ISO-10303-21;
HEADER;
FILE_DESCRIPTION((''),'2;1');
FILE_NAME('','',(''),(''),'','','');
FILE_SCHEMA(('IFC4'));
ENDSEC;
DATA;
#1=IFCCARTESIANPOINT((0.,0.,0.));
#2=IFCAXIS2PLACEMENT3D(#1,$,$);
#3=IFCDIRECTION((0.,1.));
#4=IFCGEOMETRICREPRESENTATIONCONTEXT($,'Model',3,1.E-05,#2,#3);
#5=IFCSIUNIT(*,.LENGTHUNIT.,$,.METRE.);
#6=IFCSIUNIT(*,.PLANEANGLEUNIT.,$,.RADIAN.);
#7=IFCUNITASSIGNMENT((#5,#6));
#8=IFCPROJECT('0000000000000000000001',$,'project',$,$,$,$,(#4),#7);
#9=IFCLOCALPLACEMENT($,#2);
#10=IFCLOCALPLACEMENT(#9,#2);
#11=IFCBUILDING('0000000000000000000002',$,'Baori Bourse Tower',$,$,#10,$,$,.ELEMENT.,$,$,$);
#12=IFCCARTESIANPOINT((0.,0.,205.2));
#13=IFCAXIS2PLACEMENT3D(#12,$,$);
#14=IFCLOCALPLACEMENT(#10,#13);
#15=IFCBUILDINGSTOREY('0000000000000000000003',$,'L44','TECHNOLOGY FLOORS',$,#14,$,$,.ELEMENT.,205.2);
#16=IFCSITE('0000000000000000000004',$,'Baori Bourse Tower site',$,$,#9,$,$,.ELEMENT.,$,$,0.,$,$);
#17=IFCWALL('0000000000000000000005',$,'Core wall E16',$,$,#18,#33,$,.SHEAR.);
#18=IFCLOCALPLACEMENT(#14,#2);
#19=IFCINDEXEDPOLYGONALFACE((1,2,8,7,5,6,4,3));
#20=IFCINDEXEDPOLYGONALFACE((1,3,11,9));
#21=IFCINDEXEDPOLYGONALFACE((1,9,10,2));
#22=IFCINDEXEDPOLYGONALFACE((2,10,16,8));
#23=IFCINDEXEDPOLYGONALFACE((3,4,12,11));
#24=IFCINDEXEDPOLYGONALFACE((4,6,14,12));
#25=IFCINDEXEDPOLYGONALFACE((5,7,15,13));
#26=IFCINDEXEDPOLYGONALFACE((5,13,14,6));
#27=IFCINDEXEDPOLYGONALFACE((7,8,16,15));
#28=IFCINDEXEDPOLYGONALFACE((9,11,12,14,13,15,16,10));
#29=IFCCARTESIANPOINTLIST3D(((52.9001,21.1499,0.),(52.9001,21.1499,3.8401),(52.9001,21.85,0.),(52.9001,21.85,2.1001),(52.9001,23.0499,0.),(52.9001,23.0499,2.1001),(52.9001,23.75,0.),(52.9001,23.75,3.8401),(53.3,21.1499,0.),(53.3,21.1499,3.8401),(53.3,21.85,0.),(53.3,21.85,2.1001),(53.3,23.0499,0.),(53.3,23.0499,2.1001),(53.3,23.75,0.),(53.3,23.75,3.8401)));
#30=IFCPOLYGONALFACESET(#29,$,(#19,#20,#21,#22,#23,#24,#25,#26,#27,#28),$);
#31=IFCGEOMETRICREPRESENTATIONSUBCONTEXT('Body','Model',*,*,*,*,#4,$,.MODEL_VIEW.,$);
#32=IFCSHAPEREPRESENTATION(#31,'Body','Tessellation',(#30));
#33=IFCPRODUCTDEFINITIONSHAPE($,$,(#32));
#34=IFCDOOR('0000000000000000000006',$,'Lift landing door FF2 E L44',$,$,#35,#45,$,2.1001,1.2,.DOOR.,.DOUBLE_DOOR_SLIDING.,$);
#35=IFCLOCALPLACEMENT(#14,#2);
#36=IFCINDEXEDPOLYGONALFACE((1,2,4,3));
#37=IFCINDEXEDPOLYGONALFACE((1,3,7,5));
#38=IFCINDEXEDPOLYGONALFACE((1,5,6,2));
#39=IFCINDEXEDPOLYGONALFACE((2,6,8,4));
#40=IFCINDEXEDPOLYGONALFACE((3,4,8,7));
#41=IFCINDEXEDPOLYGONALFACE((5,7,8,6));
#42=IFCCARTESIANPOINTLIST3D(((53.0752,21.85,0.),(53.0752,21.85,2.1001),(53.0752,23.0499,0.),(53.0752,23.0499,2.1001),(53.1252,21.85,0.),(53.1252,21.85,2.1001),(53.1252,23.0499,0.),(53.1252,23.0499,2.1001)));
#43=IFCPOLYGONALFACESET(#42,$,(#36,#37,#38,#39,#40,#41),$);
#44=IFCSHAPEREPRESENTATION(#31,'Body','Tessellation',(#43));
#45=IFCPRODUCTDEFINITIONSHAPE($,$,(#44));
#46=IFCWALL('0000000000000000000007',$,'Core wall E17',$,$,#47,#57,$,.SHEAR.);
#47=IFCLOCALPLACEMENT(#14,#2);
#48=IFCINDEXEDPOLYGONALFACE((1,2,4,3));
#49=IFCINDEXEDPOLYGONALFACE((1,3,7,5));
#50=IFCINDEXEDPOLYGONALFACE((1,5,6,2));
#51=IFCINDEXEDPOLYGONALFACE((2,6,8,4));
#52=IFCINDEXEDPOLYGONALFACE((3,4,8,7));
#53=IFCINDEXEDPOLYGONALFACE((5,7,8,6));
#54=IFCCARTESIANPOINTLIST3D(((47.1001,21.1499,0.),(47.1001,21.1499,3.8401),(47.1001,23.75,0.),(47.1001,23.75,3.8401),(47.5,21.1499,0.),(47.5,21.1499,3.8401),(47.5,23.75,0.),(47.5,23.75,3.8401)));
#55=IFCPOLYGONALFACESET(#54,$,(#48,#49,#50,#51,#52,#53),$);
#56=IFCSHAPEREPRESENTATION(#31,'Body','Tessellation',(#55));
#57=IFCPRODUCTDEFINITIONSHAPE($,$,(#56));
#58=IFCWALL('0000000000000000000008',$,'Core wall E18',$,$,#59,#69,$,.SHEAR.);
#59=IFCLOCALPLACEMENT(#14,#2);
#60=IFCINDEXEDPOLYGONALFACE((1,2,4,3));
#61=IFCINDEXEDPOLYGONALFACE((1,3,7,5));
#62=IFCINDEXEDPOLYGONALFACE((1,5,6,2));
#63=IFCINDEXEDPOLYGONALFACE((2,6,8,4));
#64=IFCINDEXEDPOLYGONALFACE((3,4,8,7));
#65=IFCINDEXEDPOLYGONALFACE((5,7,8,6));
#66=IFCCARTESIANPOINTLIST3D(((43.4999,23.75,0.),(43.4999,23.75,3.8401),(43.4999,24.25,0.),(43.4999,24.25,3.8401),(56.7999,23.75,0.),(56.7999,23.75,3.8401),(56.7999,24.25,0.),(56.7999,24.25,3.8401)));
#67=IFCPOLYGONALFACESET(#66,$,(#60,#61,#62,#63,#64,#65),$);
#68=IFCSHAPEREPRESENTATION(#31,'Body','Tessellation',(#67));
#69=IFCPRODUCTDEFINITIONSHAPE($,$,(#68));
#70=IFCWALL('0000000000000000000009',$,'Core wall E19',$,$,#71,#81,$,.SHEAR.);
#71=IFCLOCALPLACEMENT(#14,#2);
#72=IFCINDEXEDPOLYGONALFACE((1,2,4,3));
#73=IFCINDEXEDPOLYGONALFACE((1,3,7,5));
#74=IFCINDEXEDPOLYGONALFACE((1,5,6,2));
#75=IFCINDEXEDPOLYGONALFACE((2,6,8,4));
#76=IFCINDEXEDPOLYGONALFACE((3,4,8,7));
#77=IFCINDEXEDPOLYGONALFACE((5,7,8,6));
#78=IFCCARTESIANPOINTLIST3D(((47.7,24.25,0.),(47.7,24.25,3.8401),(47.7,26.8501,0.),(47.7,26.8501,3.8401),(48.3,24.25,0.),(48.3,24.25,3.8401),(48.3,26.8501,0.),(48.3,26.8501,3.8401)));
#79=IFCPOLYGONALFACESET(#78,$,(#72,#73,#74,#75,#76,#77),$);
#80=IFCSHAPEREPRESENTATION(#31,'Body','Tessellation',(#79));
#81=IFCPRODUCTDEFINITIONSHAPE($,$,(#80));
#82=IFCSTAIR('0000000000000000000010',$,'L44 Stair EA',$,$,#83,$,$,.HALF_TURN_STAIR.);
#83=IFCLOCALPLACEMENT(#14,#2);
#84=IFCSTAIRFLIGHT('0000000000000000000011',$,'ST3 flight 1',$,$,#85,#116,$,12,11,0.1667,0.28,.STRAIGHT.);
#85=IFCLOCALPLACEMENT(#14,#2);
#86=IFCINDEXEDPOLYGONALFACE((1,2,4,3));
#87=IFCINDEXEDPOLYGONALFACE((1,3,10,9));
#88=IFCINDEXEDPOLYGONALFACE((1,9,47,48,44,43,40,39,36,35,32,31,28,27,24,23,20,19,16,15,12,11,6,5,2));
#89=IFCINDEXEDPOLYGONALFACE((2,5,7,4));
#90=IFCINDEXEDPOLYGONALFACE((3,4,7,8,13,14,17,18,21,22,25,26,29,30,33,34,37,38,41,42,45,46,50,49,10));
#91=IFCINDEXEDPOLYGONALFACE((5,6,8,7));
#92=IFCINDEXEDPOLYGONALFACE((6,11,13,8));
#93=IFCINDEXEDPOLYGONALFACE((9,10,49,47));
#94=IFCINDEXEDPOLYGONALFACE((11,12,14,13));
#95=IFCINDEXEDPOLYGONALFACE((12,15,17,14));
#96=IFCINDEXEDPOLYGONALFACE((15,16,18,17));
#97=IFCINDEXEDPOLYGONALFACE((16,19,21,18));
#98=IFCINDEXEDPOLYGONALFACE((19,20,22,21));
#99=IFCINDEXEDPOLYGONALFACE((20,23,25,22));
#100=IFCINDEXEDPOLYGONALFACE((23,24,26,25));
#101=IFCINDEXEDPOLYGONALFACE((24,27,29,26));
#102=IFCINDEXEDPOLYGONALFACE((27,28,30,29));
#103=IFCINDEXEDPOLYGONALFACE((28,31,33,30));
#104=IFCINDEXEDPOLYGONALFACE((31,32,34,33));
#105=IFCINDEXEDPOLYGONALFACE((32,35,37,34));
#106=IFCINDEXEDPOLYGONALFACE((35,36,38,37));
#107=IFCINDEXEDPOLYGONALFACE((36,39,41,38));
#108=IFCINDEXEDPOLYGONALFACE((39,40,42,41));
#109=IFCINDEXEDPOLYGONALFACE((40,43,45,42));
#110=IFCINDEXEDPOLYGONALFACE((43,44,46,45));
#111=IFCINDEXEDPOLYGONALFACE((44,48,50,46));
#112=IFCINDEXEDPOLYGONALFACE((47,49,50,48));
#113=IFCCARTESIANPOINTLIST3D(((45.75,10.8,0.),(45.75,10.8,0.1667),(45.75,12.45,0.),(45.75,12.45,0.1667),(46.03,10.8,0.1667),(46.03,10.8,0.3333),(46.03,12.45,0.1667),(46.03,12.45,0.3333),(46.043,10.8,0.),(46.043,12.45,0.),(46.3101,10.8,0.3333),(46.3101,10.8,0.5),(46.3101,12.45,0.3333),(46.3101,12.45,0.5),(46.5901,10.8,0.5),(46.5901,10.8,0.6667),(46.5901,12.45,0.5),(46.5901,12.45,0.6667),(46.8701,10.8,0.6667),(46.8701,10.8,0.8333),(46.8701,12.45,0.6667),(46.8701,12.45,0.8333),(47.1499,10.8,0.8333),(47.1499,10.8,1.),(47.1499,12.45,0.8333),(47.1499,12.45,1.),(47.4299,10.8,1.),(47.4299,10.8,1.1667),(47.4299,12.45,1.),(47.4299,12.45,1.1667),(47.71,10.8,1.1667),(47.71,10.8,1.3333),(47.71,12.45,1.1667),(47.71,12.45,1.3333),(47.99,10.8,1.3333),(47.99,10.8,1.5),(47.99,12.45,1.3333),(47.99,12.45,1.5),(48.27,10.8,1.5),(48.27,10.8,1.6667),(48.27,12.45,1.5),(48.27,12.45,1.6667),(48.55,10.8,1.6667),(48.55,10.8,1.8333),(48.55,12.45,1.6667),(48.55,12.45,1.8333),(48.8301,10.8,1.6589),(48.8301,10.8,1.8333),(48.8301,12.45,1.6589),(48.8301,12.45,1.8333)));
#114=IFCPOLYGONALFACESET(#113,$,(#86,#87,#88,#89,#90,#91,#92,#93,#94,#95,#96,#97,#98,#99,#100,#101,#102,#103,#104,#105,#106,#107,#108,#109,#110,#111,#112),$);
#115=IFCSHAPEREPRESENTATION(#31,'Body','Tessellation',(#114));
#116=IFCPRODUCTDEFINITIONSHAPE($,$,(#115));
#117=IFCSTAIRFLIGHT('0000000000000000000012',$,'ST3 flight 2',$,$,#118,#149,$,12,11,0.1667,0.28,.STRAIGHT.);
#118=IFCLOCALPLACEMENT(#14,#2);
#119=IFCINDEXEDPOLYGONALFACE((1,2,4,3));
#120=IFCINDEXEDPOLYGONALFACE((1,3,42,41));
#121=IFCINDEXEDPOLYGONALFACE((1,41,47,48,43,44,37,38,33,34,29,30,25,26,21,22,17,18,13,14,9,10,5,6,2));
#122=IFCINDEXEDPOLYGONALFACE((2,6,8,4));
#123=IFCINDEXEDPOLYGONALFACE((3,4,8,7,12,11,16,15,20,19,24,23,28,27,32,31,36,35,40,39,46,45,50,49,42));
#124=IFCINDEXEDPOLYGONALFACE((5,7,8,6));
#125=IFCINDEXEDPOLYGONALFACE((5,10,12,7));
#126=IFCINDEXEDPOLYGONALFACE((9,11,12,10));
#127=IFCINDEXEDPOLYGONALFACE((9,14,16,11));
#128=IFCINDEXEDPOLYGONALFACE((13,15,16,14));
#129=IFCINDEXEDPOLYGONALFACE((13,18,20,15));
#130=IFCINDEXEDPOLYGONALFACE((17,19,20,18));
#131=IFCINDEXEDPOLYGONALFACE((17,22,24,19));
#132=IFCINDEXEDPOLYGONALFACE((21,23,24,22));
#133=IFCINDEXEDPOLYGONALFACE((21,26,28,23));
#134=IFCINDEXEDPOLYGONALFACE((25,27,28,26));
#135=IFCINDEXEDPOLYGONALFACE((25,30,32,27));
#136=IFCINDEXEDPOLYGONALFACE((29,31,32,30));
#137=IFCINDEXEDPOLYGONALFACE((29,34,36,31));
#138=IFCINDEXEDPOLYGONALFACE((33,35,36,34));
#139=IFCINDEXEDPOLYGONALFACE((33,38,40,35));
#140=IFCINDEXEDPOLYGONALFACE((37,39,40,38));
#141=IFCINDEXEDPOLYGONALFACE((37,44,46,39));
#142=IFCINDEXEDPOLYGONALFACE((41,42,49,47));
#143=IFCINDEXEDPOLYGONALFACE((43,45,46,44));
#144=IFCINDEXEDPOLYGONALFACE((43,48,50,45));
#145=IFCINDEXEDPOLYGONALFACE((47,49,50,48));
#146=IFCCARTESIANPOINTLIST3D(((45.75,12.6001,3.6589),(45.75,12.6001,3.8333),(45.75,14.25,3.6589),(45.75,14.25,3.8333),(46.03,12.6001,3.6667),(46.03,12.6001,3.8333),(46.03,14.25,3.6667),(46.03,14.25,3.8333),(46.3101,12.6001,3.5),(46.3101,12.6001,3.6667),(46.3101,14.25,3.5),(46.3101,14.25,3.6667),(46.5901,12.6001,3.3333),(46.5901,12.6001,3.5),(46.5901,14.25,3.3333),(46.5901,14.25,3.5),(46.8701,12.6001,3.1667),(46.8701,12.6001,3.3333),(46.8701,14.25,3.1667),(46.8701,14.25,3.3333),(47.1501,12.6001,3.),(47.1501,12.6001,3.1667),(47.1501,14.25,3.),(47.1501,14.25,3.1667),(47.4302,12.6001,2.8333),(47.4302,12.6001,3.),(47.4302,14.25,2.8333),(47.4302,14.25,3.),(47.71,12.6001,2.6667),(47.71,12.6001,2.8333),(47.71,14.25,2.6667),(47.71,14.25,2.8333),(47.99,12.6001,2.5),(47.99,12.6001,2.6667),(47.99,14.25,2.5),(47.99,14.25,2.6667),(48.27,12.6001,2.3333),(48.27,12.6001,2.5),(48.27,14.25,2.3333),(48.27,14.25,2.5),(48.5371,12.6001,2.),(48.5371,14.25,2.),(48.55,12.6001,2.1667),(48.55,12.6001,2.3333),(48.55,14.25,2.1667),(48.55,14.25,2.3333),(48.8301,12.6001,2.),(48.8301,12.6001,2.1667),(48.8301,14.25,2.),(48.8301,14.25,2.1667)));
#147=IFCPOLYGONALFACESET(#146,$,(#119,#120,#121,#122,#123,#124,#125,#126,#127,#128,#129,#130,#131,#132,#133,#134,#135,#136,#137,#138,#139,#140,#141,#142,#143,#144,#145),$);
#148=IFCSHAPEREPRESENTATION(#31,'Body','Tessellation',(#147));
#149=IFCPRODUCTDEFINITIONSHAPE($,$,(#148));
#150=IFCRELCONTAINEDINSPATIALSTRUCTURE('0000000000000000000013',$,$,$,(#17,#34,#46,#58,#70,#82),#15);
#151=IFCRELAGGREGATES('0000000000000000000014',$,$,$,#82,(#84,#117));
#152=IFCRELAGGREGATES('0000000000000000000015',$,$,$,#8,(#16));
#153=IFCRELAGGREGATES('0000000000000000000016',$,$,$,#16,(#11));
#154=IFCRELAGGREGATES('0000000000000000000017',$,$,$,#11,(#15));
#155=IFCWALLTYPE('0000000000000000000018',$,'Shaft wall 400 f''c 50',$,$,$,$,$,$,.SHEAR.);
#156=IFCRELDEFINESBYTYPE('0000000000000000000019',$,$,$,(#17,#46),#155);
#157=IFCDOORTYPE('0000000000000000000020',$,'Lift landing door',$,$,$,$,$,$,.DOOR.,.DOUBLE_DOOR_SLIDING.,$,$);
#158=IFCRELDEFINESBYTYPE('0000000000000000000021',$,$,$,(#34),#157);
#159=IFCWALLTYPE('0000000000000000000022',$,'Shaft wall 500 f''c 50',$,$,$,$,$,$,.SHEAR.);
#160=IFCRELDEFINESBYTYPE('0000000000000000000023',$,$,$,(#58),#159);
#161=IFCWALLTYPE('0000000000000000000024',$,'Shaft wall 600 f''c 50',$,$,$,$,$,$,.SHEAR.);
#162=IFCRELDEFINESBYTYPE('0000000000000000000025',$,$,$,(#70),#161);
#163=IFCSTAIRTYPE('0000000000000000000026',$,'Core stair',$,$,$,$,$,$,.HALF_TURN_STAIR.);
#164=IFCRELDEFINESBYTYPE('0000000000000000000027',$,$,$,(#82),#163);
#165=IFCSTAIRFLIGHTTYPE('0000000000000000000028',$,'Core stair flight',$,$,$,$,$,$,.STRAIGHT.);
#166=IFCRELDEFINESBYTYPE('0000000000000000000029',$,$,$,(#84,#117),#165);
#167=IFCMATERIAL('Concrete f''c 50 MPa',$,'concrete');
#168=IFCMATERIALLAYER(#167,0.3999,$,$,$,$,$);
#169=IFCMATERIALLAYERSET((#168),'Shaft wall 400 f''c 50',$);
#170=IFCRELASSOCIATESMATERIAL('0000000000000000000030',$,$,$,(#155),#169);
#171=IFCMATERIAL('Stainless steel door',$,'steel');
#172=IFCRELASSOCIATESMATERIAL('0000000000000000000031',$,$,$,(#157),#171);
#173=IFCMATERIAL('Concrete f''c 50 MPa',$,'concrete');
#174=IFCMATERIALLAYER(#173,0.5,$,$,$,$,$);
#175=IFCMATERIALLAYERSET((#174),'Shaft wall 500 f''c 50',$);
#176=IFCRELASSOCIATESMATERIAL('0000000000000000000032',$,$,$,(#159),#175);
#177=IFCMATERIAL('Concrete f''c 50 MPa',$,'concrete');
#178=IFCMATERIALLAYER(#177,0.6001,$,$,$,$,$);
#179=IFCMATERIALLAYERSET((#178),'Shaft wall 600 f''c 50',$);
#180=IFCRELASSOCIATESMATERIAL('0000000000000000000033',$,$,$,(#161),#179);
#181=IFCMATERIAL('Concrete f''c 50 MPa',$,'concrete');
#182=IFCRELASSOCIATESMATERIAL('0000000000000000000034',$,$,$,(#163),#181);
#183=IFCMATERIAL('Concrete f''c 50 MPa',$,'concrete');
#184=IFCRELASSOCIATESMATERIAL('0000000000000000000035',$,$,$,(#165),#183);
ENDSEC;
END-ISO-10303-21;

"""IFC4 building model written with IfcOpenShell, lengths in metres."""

from ifc_helpers import new_model, si_unit, direction, frame, frame_2d, origin, place, context, subcontext, project, spatial, polyline, rectangle, outline, extrude, material, layer, layer_set, type_object, element, fill, aggregate, save


model = new_model("IFC4")

# Units and contexts
model_context = context("Model", 3, precision=1e-05, world=origin(), true_north=direction((0.0, 1.0)))
body_context = subcontext(model_context, "Body", "Model", "MODEL_VIEW")
ifc_project = project(units=[si_unit("LENGTHUNIT", "METRE"), si_unit("PLANEANGLEUNIT", "RADIAN")], contexts=[model_context])

# Site, building, storey
site_placement = place(None, origin())
site = spatial("IfcSite", under=ifc_project, at=site_placement, Name="Baori Bourse Tower site", CompositionType="ELEMENT", RefElevation=0.0)
building_placement = place(site_placement, origin())
building = spatial("IfcBuilding", under=site, at=building_placement, Name="Baori Bourse Tower", CompositionType="ELEMENT")
storey_placement = place(building_placement, frame((0.0, 0.0, 205.2)))
storey = spatial("IfcBuildingStorey", under=building, at=storey_placement, Name="L44", Description="TECHNOLOGY FLOORS", CompositionType="ELEMENT", Elevation=205.2)

# Shared definitions
ifc_material_1 = material(Name="Concrete f'c 50 MPa", Category="concrete")
ifc_layer_1 = layer(ifc_material_1, 0.3999)
ifc_layer_set_1 = layer_set([ifc_layer_1], Name="Shaft wall 400 f'c 50")
wall_type_1 = type_object("IfcWallType", Name="Shaft wall 400 f'c 50", PredefinedType="SHEAR", material=ifc_layer_set_1)

# Wall, opening, door
wall_1_placement = place(storey_placement, frame((53.1001, 21.1499, 0.0), z_axis=(0.0, 0.0, 1.0), x_axis=(0.0, 1.0, 0.0)))
wall_1 = element("IfcWall", 1, at=wall_1_placement, inside=storey, type_object=wall_type_1, Name="Core wall E16", PredefinedType="SHEAR", context=body_context, shape_type="SweptSolid", body=[
    extrude(rectangle(XDim=2.6001, YDim=0.3999, at=frame_2d((1.3, 0.0))), origin(), (0.0, 0.0, 1.0), 3.8401),
])
opening_1_placement = place(wall_1_placement, frame((0.7, 0.0, 0.0)))
opening_1 = element("IfcOpeningElement", 2, at=opening_1_placement, cuts=wall_1, PredefinedType="OPENING", context=body_context, shape_type="SweptSolid", body=[
    extrude(rectangle(XDim=1.2, YDim=2.1001, at=frame_2d((0.6001, 1.05))), frame((0.0, 0.21, 0.0), z_axis=(0.0, -1.0, 0.0), x_axis=(1.0, 0.0, 0.0)), (0.0, 0.0, 1.0), 0.4199),
])
ifc_material_2 = material(Name="Stainless steel door", Category="steel")
door_type_1 = type_object("IfcDoorType", Name="Lift landing door", OperationType="DOUBLE_DOOR_SLIDING", PredefinedType="DOOR", material=ifc_material_2)
door_1_placement = place(opening_1_placement, origin())
door_1 = element("IfcDoor", 3, at=door_1_placement, inside=storey, type_object=door_type_1, Name="Lift landing door FF2 E L44", OperationType="DOUBLE_DOOR_SLIDING", OverallHeight=2.1001, OverallWidth=1.2, PredefinedType="DOOR", context=body_context, shape_type="SweptSolid", body=[
    extrude(rectangle(XDim=1.2, YDim=2.1001, at=frame_2d((0.6001, 1.05))), frame((0.0, 0.0249, 0.0), z_axis=(0.0, -1.0, 0.0), x_axis=(1.0, 0.0, 0.0)), (0.0, 0.0, 1.0), 0.05),
])
fill(opening_1, door_1)

# Walls
wall_2_placement = place(storey_placement, frame((47.3, 21.1499, 0.0), z_axis=(0.0, 0.0, 1.0), x_axis=(0.0, 1.0, 0.0)))
element("IfcWall", 4, at=wall_2_placement, inside=storey, type_object=wall_type_1, Name="Core wall E17", PredefinedType="SHEAR", context=body_context, shape_type="SweptSolid", body=[
    extrude(rectangle(XDim=2.6001, YDim=0.3999, at=frame_2d((1.3, 0.0))), origin(), (0.0, 0.0, 1.0), 3.8401),
])
ifc_material_3 = material(Name="Concrete f'c 50 MPa", Category="concrete")
ifc_layer_2 = layer(ifc_material_3, 0.5)
ifc_layer_set_2 = layer_set([ifc_layer_2], Name="Shaft wall 500 f'c 50")
wall_type_2 = type_object("IfcWallType", Name="Shaft wall 500 f'c 50", PredefinedType="SHEAR", material=ifc_layer_set_2)
wall_3_placement = place(storey_placement, frame((43.5, 24.0, 0.0), z_axis=(0.0, 0.0, 1.0), x_axis=(1.0, 0.0, 0.0)))
element("IfcWall", 5, at=wall_3_placement, inside=storey, type_object=wall_type_2, Name="Core wall E18", PredefinedType="SHEAR", context=body_context, shape_type="SweptSolid", body=[
    extrude(rectangle(XDim=13.3, YDim=0.5, at=frame_2d((6.6499, 0.0))), origin(), (0.0, 0.0, 1.0), 3.8401),
])
ifc_material_4 = material(Name="Concrete f'c 50 MPa", Category="concrete")
ifc_layer_3 = layer(ifc_material_4, 0.6001)
ifc_layer_set_3 = layer_set([ifc_layer_3], Name="Shaft wall 600 f'c 50")
wall_type_3 = type_object("IfcWallType", Name="Shaft wall 600 f'c 50", PredefinedType="SHEAR", material=ifc_layer_set_3)
wall_4_placement = place(storey_placement, frame((48.0, 24.25, 0.0), z_axis=(0.0, 0.0, 1.0), x_axis=(0.0, 1.0, 0.0)))
element("IfcWall", 6, at=wall_4_placement, inside=storey, type_object=wall_type_3, Name="Core wall E19", PredefinedType="SHEAR", context=body_context, shape_type="SweptSolid", body=[
    extrude(rectangle(XDim=2.6001, YDim=0.6001, at=frame_2d((1.3, 0.0))), origin(), (0.0, 0.0, 1.0), 3.8401),
])

# Stair, stair flights
ifc_material_5 = material(Name="Concrete f'c 50 MPa", Category="concrete")
stair_type = type_object("IfcStairType", Name="Core stair", PredefinedType="HALF_TURN_STAIR", material=ifc_material_5)
stair_placement = place(storey_placement, origin())
stair = element("IfcStair", 7, at=stair_placement, inside=storey, type_object=stair_type, Name="L44 Stair EA", PredefinedType="HALF_TURN_STAIR")
ifc_material_6 = material(Name="Concrete f'c 50 MPa", Category="concrete")
stair_flight_type = type_object("IfcStairFlightType", Name="Core stair flight", PredefinedType="STRAIGHT", material=ifc_material_6)
stair_flight_1_placement = place(storey_placement, frame((45.75, 11.625, 0.0), z_axis=(0.0, 0.0, 1.0), x_axis=(1.0, 0.0, 0.0)))
stair_flight_1 = element("IfcStairFlight", 8, at=stair_flight_1_placement, type_object=stair_flight_type, Name="ST3 flight 1", NumberOfRisers=12, NumberOfTreads=11, PredefinedType="STRAIGHT", RiserHeight=0.1667, TreadLength=0.28, context=body_context, shape_type="SweptSolid", body=[
    extrude(outline(polyline([(0.0, 0.0), (0.0, 0.1667), (0.28, 0.1667), (0.28, 0.3333), (0.5601, 0.3333), (0.5601, 0.5), (0.8401, 0.5), (0.8401, 0.6667), (1.1201, 0.6667), (1.1201, 0.8333), (1.3999, 0.8333), (1.3999, 1.0), (1.6799, 1.0), (1.6799, 1.1667), (1.96, 1.1667), (1.96, 1.3333), (2.24, 1.3333), (2.24, 1.5), (2.52, 1.5), (2.52, 1.6667), (2.8, 1.6667), (2.8, 1.8333), (3.0801, 1.8333), (3.0801, 2.0), (3.0801, 1.6589), (0.293, 0.0), (0.0, 0.0)])), frame((0.0, 0.825, 0.0), z_axis=(0.0, -1.0, 0.0), x_axis=(1.0, 0.0, 0.0)), (0.0, 0.0, 1.0), 1.6499),
])
stair_flight_2_placement = place(storey_placement, frame((48.8301, 13.425, 2.0), z_axis=(0.0, 0.0, 1.0), x_axis=(-1.0, 0.0, 0.0)))
stair_flight_2 = element("IfcStairFlight", 9, at=stair_flight_2_placement, type_object=stair_flight_type, Name="ST3 flight 2", NumberOfRisers=12, NumberOfTreads=11, PredefinedType="STRAIGHT", RiserHeight=0.1667, TreadLength=0.28, context=body_context, shape_type="SweptSolid", body=[
    extrude(outline(polyline([(0.0, 0.0), (0.0, 0.1667), (0.28, 0.1667), (0.28, 0.3333), (0.5601, 0.3333), (0.5601, 0.5), (0.8401, 0.5), (0.8401, 0.6667), (1.1201, 0.6667), (1.1201, 0.8333), (1.3999, 0.8333), (1.3999, 1.0), (1.6799, 1.0), (1.6799, 1.1667), (1.96, 1.1667), (1.96, 1.3333), (2.24, 1.3333), (2.24, 1.5), (2.52, 1.5), (2.52, 1.6667), (2.8, 1.6667), (2.8, 1.8333), (3.0801, 1.8333), (3.0801, 2.0), (3.0801, 1.6589), (0.293, 0.0), (0.0, 0.0)])), frame((0.0, 0.825, 0.0), z_axis=(0.0, -1.0, 0.0), x_axis=(1.0, 0.0, 0.0)), (0.0, 0.0, 1.0), 1.6499),
])
aggregate(stair, [stair_flight_1, stair_flight_2])

save(model, "model.ifc")
